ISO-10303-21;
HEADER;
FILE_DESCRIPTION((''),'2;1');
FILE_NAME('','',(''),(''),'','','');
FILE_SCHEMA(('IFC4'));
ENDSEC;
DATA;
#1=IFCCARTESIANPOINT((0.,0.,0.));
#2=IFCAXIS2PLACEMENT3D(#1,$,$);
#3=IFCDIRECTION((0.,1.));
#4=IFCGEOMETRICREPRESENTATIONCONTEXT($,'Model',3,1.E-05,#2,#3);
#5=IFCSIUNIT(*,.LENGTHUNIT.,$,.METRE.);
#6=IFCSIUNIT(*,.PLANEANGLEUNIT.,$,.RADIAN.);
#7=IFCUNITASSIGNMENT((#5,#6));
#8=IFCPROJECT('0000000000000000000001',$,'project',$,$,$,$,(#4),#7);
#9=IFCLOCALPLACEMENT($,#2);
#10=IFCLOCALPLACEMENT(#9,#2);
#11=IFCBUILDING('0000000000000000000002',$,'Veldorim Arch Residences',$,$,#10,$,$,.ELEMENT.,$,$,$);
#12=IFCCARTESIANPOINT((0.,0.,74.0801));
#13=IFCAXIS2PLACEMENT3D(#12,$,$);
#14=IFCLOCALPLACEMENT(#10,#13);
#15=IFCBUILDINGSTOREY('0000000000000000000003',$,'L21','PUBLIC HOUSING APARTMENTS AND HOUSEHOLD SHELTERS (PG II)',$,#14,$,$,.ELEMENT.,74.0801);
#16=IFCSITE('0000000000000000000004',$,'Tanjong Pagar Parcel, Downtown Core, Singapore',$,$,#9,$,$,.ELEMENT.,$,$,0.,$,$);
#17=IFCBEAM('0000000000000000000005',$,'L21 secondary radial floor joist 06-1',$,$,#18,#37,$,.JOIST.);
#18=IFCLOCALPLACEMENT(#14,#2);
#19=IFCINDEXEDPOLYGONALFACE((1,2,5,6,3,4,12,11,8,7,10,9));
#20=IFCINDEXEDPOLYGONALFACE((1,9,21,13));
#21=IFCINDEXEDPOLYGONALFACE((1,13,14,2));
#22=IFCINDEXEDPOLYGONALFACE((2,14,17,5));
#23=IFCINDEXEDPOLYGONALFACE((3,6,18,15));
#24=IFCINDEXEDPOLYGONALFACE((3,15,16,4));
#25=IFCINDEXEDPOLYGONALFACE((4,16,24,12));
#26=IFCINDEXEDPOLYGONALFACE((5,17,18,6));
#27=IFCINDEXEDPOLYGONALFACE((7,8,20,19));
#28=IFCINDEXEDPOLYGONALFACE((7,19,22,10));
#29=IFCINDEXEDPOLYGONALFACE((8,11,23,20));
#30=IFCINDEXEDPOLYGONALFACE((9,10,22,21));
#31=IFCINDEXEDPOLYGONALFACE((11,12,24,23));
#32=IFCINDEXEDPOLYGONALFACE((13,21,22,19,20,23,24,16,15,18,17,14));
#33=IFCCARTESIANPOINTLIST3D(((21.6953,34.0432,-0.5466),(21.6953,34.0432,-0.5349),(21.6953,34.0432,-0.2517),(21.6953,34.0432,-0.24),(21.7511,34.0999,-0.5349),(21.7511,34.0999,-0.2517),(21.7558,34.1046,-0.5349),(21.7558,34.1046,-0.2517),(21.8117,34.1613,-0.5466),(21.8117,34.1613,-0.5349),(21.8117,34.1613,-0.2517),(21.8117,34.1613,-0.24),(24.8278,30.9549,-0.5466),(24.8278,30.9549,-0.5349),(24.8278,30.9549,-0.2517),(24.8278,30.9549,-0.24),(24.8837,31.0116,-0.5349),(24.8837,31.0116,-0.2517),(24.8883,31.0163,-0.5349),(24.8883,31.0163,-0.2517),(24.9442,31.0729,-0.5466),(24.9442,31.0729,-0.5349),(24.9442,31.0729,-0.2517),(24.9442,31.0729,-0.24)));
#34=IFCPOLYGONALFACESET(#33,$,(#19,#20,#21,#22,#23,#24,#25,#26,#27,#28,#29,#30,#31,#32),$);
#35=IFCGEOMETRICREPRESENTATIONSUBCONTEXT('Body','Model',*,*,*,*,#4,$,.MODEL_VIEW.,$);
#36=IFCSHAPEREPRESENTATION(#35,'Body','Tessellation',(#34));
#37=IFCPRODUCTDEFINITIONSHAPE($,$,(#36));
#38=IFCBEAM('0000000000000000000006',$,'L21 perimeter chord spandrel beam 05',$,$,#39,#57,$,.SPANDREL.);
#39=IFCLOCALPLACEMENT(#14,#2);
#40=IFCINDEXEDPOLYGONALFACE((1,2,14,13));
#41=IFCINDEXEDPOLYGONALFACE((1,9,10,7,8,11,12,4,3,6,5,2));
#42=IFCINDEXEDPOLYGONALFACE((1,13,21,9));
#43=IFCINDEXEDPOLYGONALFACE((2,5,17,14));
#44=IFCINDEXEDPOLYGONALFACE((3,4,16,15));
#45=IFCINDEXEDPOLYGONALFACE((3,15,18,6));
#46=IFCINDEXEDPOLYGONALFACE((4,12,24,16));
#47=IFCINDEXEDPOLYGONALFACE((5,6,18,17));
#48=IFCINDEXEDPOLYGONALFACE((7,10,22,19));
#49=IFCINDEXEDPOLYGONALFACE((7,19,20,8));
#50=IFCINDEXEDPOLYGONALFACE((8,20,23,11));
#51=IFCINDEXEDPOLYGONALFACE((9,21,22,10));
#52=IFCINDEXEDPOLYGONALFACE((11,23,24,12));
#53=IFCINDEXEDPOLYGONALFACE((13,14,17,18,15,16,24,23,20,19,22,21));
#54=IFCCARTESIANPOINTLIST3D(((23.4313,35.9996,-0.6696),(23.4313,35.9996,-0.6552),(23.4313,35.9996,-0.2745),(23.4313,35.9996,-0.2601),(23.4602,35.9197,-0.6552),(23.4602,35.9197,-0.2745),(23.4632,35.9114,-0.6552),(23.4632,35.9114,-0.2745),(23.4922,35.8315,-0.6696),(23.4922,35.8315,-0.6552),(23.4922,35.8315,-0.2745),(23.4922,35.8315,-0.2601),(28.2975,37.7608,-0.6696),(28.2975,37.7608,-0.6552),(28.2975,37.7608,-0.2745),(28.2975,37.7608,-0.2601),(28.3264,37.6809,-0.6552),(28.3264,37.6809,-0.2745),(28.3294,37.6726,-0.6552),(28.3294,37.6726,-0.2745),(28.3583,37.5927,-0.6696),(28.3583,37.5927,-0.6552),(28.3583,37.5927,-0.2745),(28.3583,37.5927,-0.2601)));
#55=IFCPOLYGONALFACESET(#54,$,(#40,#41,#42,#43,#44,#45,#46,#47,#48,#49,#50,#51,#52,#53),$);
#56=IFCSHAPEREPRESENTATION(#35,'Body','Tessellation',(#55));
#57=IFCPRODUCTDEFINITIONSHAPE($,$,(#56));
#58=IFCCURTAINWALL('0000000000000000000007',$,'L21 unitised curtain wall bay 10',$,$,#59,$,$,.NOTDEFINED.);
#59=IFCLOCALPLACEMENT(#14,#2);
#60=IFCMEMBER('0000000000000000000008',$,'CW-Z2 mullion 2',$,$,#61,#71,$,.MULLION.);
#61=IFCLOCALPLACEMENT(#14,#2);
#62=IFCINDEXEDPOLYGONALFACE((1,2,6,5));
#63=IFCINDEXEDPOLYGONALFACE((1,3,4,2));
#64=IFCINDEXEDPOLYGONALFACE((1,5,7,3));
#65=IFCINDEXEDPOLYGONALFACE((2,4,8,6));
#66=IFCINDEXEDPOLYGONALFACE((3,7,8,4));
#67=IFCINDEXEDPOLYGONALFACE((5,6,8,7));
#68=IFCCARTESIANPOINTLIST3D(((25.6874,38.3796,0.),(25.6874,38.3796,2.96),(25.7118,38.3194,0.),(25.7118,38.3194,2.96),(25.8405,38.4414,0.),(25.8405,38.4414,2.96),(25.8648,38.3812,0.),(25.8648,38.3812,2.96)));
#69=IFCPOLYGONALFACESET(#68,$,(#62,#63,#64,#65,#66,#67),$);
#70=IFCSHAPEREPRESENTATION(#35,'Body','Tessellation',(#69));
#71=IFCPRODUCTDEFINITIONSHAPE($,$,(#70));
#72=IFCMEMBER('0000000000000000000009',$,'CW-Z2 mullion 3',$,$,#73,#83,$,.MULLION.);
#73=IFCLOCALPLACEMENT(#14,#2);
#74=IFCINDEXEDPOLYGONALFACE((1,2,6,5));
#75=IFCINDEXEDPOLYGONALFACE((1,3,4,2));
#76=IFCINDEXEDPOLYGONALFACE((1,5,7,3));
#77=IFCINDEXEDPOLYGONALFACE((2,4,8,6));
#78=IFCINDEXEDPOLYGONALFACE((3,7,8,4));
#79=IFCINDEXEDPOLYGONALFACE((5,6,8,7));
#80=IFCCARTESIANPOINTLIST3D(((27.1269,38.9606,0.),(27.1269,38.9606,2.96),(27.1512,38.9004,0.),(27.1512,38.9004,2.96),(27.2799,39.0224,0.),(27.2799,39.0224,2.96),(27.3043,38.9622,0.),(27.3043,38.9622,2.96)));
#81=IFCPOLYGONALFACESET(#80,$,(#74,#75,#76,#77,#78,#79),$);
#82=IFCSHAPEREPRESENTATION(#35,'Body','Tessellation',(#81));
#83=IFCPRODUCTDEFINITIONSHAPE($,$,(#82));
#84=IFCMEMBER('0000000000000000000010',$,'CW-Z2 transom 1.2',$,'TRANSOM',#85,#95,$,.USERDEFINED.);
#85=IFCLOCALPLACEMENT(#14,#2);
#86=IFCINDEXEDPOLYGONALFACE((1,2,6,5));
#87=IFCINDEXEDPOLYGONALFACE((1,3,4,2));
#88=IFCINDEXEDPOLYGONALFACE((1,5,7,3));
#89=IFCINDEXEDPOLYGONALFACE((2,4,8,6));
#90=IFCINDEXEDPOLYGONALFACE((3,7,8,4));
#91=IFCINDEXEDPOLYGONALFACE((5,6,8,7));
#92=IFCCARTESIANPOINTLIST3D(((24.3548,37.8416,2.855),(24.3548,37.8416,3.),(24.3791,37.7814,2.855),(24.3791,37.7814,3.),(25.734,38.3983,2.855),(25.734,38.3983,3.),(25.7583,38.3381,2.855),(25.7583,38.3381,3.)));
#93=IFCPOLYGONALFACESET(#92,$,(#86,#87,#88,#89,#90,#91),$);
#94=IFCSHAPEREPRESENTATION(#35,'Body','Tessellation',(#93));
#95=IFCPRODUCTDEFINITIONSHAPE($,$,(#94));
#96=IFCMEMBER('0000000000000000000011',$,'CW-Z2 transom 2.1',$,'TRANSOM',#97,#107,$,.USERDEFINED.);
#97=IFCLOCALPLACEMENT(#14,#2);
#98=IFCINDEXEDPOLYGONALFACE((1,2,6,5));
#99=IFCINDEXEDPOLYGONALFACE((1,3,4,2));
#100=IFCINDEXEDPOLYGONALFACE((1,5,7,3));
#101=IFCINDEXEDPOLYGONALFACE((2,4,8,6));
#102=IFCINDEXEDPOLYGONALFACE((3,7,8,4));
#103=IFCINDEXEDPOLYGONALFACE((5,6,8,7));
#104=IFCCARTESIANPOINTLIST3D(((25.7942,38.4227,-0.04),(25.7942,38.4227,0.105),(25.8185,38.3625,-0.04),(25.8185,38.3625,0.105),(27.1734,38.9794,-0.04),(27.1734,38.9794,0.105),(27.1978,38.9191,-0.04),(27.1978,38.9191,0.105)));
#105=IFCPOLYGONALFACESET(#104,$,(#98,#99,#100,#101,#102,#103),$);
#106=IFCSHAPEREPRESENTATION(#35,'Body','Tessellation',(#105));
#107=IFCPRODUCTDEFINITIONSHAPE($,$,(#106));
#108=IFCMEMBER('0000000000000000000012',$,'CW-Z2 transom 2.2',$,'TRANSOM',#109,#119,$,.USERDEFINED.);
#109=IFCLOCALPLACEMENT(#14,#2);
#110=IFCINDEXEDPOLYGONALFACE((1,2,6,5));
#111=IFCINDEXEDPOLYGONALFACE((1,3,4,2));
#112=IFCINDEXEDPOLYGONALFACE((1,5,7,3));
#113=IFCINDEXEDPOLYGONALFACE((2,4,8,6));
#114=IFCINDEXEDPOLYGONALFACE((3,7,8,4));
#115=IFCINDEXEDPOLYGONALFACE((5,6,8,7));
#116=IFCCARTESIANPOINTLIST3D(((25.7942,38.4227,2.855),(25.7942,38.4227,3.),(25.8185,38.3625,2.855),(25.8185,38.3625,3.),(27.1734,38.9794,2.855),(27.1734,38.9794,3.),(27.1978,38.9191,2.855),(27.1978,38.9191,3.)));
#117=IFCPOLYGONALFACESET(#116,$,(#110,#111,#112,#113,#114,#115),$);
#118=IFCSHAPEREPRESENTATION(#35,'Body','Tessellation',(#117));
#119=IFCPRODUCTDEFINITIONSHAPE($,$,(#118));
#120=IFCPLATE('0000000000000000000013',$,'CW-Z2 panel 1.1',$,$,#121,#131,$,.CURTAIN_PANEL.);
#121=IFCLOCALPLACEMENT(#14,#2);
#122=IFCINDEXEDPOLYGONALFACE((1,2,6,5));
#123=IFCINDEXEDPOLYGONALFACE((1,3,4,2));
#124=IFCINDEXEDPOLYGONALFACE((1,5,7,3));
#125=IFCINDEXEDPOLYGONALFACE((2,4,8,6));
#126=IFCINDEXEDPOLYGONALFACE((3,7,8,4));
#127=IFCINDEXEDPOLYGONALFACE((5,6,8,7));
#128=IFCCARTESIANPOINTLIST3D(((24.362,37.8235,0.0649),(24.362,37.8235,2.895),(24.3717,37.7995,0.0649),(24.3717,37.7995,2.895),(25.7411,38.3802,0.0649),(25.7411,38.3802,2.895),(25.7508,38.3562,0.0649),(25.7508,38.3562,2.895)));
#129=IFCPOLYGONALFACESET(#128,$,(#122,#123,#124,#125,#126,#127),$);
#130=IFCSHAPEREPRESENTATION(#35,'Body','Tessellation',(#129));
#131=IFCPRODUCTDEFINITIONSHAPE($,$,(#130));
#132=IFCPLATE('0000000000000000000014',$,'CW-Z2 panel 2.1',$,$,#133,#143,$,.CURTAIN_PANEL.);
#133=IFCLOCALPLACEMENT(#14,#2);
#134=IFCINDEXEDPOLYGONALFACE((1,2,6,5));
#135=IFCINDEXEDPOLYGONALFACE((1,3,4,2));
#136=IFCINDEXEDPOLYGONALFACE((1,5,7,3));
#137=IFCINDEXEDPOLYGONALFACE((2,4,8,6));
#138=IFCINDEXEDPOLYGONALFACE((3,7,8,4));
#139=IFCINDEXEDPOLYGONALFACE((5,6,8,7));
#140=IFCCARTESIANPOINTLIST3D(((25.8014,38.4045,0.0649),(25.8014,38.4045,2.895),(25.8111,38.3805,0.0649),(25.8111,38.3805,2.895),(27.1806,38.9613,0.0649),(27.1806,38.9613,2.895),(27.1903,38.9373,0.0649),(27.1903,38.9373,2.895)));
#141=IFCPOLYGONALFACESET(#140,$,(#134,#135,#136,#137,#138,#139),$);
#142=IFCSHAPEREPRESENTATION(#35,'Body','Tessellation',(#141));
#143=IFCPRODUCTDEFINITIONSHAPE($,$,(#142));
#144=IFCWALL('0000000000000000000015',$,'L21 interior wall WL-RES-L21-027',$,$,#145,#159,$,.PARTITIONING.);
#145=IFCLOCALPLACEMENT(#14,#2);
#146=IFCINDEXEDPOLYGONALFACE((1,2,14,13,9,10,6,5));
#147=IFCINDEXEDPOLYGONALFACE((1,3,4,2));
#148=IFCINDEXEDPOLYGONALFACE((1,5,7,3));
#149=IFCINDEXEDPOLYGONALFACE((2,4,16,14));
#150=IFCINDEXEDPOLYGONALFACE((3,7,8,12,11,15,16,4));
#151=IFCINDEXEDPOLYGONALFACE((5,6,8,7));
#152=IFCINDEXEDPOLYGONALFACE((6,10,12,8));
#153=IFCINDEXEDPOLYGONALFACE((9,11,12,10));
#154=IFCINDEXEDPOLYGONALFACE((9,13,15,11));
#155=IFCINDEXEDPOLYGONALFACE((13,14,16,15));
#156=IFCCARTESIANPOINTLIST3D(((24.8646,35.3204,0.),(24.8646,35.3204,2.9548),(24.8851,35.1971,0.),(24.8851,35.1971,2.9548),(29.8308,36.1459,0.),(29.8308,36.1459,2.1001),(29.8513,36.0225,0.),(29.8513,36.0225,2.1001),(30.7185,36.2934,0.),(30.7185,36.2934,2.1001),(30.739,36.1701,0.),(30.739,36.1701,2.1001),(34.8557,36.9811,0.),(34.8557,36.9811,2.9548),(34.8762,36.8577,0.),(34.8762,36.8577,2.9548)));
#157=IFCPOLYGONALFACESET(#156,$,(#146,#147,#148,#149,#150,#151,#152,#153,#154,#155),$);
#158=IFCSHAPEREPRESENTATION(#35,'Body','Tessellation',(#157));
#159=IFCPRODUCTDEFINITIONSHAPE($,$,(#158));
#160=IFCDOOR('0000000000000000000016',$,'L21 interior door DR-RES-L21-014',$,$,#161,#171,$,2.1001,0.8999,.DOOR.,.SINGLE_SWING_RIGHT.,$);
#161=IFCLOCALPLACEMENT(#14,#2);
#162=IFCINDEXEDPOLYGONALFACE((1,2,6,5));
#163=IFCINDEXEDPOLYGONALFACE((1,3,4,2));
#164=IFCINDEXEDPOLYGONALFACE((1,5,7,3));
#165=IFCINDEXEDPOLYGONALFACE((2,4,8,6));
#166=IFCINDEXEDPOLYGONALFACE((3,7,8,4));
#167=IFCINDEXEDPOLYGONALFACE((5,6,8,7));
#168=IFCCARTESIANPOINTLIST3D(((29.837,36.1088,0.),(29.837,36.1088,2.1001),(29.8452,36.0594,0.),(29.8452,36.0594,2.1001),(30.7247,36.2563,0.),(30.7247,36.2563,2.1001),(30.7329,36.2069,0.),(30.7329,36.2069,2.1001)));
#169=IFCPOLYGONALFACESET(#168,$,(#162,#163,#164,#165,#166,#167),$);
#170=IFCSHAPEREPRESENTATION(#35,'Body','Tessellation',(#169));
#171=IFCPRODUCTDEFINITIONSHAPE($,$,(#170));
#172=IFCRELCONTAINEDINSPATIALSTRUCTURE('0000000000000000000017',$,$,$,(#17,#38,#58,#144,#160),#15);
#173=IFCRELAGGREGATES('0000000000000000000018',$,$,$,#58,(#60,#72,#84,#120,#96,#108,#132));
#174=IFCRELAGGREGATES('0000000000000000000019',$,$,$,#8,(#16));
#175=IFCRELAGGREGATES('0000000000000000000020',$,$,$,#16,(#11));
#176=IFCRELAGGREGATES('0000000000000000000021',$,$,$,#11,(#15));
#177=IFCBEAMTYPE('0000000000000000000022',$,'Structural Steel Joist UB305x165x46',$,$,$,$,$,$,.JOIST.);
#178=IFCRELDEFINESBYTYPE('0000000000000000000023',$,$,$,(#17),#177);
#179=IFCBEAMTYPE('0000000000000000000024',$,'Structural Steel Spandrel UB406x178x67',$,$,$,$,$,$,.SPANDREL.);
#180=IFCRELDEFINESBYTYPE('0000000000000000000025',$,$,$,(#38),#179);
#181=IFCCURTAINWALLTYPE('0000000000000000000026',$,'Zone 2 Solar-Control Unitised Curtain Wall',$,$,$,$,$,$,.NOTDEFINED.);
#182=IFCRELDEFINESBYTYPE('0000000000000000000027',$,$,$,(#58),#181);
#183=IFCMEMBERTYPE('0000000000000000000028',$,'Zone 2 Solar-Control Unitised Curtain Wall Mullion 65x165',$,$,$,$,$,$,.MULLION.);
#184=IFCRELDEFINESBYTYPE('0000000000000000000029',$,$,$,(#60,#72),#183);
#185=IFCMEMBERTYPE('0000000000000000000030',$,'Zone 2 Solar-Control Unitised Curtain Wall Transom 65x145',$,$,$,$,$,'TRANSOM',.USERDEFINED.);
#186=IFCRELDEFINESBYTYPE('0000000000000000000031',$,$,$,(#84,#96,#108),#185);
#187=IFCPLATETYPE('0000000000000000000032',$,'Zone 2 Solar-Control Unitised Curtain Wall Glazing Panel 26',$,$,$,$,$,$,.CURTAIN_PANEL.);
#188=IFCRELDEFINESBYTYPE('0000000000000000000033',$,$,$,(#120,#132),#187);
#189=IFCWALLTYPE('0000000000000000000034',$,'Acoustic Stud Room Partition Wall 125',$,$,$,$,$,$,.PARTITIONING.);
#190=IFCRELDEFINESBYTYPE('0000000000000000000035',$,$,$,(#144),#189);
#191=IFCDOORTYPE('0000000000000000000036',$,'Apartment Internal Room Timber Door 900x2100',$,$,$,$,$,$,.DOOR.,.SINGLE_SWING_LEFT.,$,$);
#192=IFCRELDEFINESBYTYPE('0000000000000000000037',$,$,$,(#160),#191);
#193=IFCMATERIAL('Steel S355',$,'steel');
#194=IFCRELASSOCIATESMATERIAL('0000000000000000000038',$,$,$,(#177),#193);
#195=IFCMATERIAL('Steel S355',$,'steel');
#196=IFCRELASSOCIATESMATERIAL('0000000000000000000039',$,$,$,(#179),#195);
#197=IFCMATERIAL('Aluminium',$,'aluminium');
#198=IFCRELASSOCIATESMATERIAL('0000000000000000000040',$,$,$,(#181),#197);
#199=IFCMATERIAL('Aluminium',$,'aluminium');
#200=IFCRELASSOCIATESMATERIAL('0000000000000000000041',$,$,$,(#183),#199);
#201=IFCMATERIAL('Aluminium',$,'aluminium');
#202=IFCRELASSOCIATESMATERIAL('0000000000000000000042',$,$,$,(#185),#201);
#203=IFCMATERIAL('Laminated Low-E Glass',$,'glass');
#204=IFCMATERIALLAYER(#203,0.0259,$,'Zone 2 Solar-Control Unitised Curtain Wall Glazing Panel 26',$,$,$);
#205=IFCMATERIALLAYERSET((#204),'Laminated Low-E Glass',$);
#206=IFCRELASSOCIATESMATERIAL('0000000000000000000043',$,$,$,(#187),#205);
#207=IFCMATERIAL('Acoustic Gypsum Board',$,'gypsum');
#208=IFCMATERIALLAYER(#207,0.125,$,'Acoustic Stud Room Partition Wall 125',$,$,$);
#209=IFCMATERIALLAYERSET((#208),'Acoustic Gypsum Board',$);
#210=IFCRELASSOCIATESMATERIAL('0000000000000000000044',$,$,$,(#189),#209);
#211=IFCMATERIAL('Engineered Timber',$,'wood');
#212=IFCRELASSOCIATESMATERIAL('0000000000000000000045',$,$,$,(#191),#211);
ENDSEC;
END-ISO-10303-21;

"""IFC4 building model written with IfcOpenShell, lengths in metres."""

from ifc_helpers import new_model, si_unit, direction, frame, frame_2d, origin, origin_2d, place, context, subcontext, project, spatial, rectangle, i_section, extrude, material, layer, layer_set, material_profile, profile_set, type_object, element, fill, aggregate, save


model = new_model("IFC4")

# Units and contexts
model_context = context("Model", 3, precision=1e-05, world=origin(), true_north=direction((0.0, 1.0)))
body_context = subcontext(model_context, "Body", "Model", "MODEL_VIEW")
ifc_project = project(units=[si_unit("LENGTHUNIT", "METRE"), si_unit("PLANEANGLEUNIT", "RADIAN")], contexts=[model_context])

# Site, building, storey
site_placement = place(None, origin())
site = spatial("IfcSite", under=ifc_project, at=site_placement, Name="Tanjong Pagar Parcel, Downtown Core, Singapore", CompositionType="ELEMENT", RefElevation=0.0)
building_placement = place(site_placement, origin())
building = spatial("IfcBuilding", under=site, at=building_placement, Name="Veldorim Arch Residences", CompositionType="ELEMENT")
storey_placement = place(building_placement, frame((0.0, 0.0, 74.0801)))
storey = spatial("IfcBuildingStorey", under=building, at=storey_placement, Name="L21", Description="PUBLIC HOUSING APARTMENTS AND HOUSEHOLD SHELTERS (PG II)", CompositionType="ELEMENT", Elevation=74.0801)

# Beams
ifc_material_1 = material(Name="Steel S355", Category="steel")
ifc_material_profile_1 = material_profile(ifc_material_1, i_section(OverallWidth=0.1658, OverallDepth=0.3066, WebThickness=0.0066, FlangeThickness=0.0117, at=origin_2d()), Name="UB305x165x46")
ifc_profile_set_1 = profile_set([ifc_material_profile_1], Name="Steel S355")
beam_type_1 = type_object("IfcBeamType", Name="Structural Steel Joist UB305x165x46", PredefinedType="JOIST", material=ifc_profile_set_1)
beam_1_placement = place(storey_placement, frame((24.886, 31.0139, -0.3933), z_axis=(-0.712112, 0.702066, 0.0), x_axis=(-0.702066, -0.712112, 0.0)))
element("IfcBeam", 1, at=beam_1_placement, inside=storey, type_object=beam_type_1, Name="L21 secondary radial floor joist 06-1", PredefinedType="JOIST", context=body_context, shape_type="SweptSolid", body=[
    extrude(i_section(OverallWidth=0.1658, OverallDepth=0.3066, WebThickness=0.0066, FlangeThickness=0.0117, at=origin_2d()), origin(), (0.0, 0.0, 1.0), 4.3989),
])
ifc_material_2 = material(Name="Steel S355", Category="steel")
ifc_material_profile_2 = material_profile(ifc_material_2, i_section(OverallWidth=0.1787, OverallDepth=0.4094, WebThickness=0.0088, FlangeThickness=0.0144, at=origin_2d()), Name="UB406x178x67")
ifc_profile_set_2 = profile_set([ifc_material_profile_2], Name="Steel S355")
beam_type_2 = type_object("IfcBeamType", Name="Structural Steel Spandrel UB406x178x67", PredefinedType="SPANDREL", material=ifc_profile_set_2)
beam_2_placement = place(storey_placement, frame((28.3279, 37.6768, -0.4648), z_axis=(-0.940308, -0.340326, 0.0), x_axis=(0.340326, -0.940308, 0.0)))
element("IfcBeam", 2, at=beam_2_placement, inside=storey, type_object=beam_type_2, Name="L21 perimeter chord spandrel beam 05", PredefinedType="SPANDREL", context=body_context, shape_type="SweptSolid", body=[
    extrude(i_section(OverallWidth=0.1787, OverallDepth=0.4094, WebThickness=0.0088, FlangeThickness=0.0144, at=origin_2d()), origin(), (0.0, 0.0, 1.0), 5.175),
])

# Curtain wall, members, plates
ifc_material_3 = material(Name="Aluminium", Category="aluminium")
curtain_wall_type = type_object("IfcCurtainWallType", Name="Zone 2 Solar-Control Unitised Curtain Wall", PredefinedType="NOTDEFINED", material=ifc_material_3)
curtain_wall_placement = place(storey_placement, origin())
curtain_wall = element("IfcCurtainWall", 3, at=curtain_wall_placement, inside=storey, type_object=curtain_wall_type, Name="L21 unitised curtain wall bay 10", PredefinedType="NOTDEFINED")
ifc_material_4 = material(Name="Aluminium", Category="aluminium")
ifc_material_profile_3 = material_profile(ifc_material_4, rectangle(XDim=0.0649, YDim=0.165, at=origin_2d()), Name="ALU_MUL_65x165")
ifc_profile_set_3 = profile_set([ifc_material_profile_3], Name="Aluminium")
member_type_1 = type_object("IfcMemberType", Name="Zone 2 Solar-Control Unitised Curtain Wall Mullion 65x165", PredefinedType="MULLION", material=ifc_profile_set_3)
member_1_placement = place(storey_placement, frame((25.7761, 38.3804, 0.0), z_axis=(0.0, 0.0, 1.0), x_axis=(-0.374353, 0.927286, 0.0)))
member_1 = element("IfcMember", 4, at=member_1_placement, type_object=member_type_1, Name="CW-Z2 mullion 2", PredefinedType="MULLION", context=body_context, shape_type="SweptSolid", body=[
    extrude(rectangle(XDim=0.0649, YDim=0.165, at=origin_2d()), origin(), (0.0, 0.0, 1.0), 2.96),
])
member_2_placement = place(storey_placement, frame((27.2156, 38.9614, 0.0), z_axis=(0.0, 0.0, 1.0), x_axis=(-0.374353, 0.927286, 0.0)))
member_2 = element("IfcMember", 5, at=member_2_placement, type_object=member_type_1, Name="CW-Z2 mullion 3", PredefinedType="MULLION", context=body_context, shape_type="SweptSolid", body=[
    extrude(rectangle(XDim=0.0649, YDim=0.165, at=origin_2d()), origin(), (0.0, 0.0, 1.0), 2.96),
])
ifc_material_5 = material(Name="Aluminium", Category="aluminium")
ifc_material_profile_4 = material_profile(ifc_material_5, rectangle(XDim=0.0649, YDim=0.145, at=origin_2d()), Name="ALU_TRN_65x145")
ifc_profile_set_4 = profile_set([ifc_material_profile_4], Name="Aluminium")
member_type_2 = type_object("IfcMemberType", Name="Zone 2 Solar-Control Unitised Curtain Wall Transom 65x145", ElementType="TRANSOM", PredefinedType="USERDEFINED", material=ifc_profile_set_4)
member_3_placement = place(storey_placement, frame((24.3669, 37.8115, 2.9275), z_axis=(0.927317, 0.374276, 0.0), x_axis=(-0.374276, 0.927317, 0.0)))
member_3 = element("IfcMember", 6, at=member_3_placement, type_object=member_type_2, Name="CW-Z2 transom 1.2", ObjectType="TRANSOM", PredefinedType="USERDEFINED", context=body_context, shape_type="SweptSolid", body=[
    extrude(rectangle(XDim=0.0649, YDim=0.145, at=origin_2d()), origin(), (0.0, 0.0, 1.0), 1.4873),
])
member_4_placement = place(storey_placement, frame((25.8064, 38.3926, 0.0325), z_axis=(0.927317, 0.374276, 0.0), x_axis=(-0.374276, 0.927317, 0.0)))
member_4 = element("IfcMember", 7, at=member_4_placement, type_object=member_type_2, Name="CW-Z2 transom 2.1", ObjectType="TRANSOM", PredefinedType="USERDEFINED", context=body_context, shape_type="SweptSolid", body=[
    extrude(rectangle(XDim=0.0649, YDim=0.145, at=origin_2d()), origin(), (0.0, 0.0, 1.0), 1.4873),
])
member_5_placement = place(storey_placement, frame((25.8064, 38.3926, 2.9275), z_axis=(0.927317, 0.374276, 0.0), x_axis=(-0.374276, 0.927317, 0.0)))
member_5 = element("IfcMember", 8, at=member_5_placement, type_object=member_type_2, Name="CW-Z2 transom 2.2", ObjectType="TRANSOM", PredefinedType="USERDEFINED", context=body_context, shape_type="SweptSolid", body=[
    extrude(rectangle(XDim=0.0649, YDim=0.145, at=origin_2d()), origin(), (0.0, 0.0, 1.0), 1.4873),
])
ifc_material_6 = material(Name="Laminated Low-E Glass", Category="glass")
ifc_layer_1 = layer(ifc_material_6, 0.0259, Name="Zone 2 Solar-Control Unitised Curtain Wall Glazing Panel 26")
ifc_layer_set_1 = layer_set([ifc_layer_1], Name="Laminated Low-E Glass")
plate_type = type_object("IfcPlateType", Name="Zone 2 Solar-Control Unitised Curtain Wall Glazing Panel 26", PredefinedType="CURTAIN_PANEL", material=ifc_layer_set_1)
plate_1_placement = place(storey_placement, frame((25.0564, 38.0898, 0.0649), z_axis=(0.0, 0.0, 1.0), x_axis=(0.927286, 0.374353, 0.0)))
plate_1 = element("IfcPlate", 9, at=plate_1_placement, type_object=plate_type, Name="CW-Z2 panel 1.1", PredefinedType="CURTAIN_PANEL", context=body_context, shape_type="SweptSolid", body=[
    extrude(rectangle(XDim=1.4873, YDim=0.0259, at=origin_2d()), origin(), (0.0, 0.0, 1.0), 2.8301),
])
plate_2_placement = place(storey_placement, frame((26.4958, 38.6709, 0.0649), z_axis=(0.0, 0.0, 1.0), x_axis=(0.927286, 0.374353, 0.0)))
plate_2 = element("IfcPlate", 10, at=plate_2_placement, type_object=plate_type, Name="CW-Z2 panel 2.1", PredefinedType="CURTAIN_PANEL", context=body_context, shape_type="SweptSolid", body=[
    extrude(rectangle(XDim=1.4873, YDim=0.0259, at=origin_2d()), origin(), (0.0, 0.0, 1.0), 2.8301),
])
aggregate(curtain_wall, [member_1, member_2, member_3, plate_1, member_4, member_5, plate_2])

# Wall, opening, door
ifc_material_7 = material(Name="Acoustic Gypsum Board", Category="gypsum")
ifc_layer_2 = layer(ifc_material_7, 0.125, Name="Acoustic Stud Room Partition Wall 125")
ifc_layer_set_2 = layer_set([ifc_layer_2], Name="Acoustic Gypsum Board")
wall_type_1 = type_object("IfcWallType", Name="Acoustic Stud Room Partition Wall 125", PredefinedType="PARTITIONING", material=ifc_layer_set_2)
wall_1_placement = place(storey_placement, frame((24.875, 35.2588, 0.0), z_axis=(0.0, 0.0, 1.0), x_axis=(0.986467, 0.163961, 0.0)))
wall_1 = element("IfcWall", 11, at=wall_1_placement, inside=storey, type_object=wall_type_1, Name="L21 interior wall WL-RES-L21-027", PredefinedType="PARTITIONING", context=body_context, shape_type="SweptSolid", body=[
    extrude(rectangle(XDim=10.1282, YDim=0.125, at=frame_2d((5.064, 0.0))), origin(), (0.0, 0.0, 1.0), 2.9548),
])
opening_1_placement = place(wall_1_placement, frame((5.0342, 0.0, 0.0)))
opening_1 = element("IfcOpeningElement", 12, at=opening_1_placement, cuts=wall_1, PredefinedType="OPENING", context=body_context, shape_type="SweptSolid", body=[
    extrude(rectangle(XDim=0.8999, YDim=2.1001, at=frame_2d((0.45, 1.05))), frame((0.0, 0.0725, 0.0), z_axis=(0.0, -1.0, 0.0), x_axis=(1.0, 0.0, 0.0)), (0.0, 0.0, 1.0), 0.145),
])
ifc_material_8 = material(Name="Engineered Timber", Category="wood")
door_type_1 = type_object("IfcDoorType", Name="Apartment Internal Room Timber Door 900x2100", OperationType="SINGLE_SWING_LEFT", PredefinedType="DOOR", material=ifc_material_8)
door_1_placement = place(opening_1_placement, origin())
door_1 = element("IfcDoor", 13, at=door_1_placement, inside=storey, type_object=door_type_1, Name="L21 interior door DR-RES-L21-014", OperationType="SINGLE_SWING_RIGHT", OverallHeight=2.1001, OverallWidth=0.8999, PredefinedType="DOOR", context=body_context, shape_type="SweptSolid", body=[
    extrude(rectangle(XDim=0.8999, YDim=2.1001, at=frame_2d((0.45, 1.05))), frame((0.0, 0.0249, 0.0), z_axis=(0.0, -1.0, 0.0), x_axis=(1.0, 0.0, 0.0)), (0.0, 0.0, 1.0), 0.05),
])
fill(opening_1, door_1)

save(model, "model.ifc")
